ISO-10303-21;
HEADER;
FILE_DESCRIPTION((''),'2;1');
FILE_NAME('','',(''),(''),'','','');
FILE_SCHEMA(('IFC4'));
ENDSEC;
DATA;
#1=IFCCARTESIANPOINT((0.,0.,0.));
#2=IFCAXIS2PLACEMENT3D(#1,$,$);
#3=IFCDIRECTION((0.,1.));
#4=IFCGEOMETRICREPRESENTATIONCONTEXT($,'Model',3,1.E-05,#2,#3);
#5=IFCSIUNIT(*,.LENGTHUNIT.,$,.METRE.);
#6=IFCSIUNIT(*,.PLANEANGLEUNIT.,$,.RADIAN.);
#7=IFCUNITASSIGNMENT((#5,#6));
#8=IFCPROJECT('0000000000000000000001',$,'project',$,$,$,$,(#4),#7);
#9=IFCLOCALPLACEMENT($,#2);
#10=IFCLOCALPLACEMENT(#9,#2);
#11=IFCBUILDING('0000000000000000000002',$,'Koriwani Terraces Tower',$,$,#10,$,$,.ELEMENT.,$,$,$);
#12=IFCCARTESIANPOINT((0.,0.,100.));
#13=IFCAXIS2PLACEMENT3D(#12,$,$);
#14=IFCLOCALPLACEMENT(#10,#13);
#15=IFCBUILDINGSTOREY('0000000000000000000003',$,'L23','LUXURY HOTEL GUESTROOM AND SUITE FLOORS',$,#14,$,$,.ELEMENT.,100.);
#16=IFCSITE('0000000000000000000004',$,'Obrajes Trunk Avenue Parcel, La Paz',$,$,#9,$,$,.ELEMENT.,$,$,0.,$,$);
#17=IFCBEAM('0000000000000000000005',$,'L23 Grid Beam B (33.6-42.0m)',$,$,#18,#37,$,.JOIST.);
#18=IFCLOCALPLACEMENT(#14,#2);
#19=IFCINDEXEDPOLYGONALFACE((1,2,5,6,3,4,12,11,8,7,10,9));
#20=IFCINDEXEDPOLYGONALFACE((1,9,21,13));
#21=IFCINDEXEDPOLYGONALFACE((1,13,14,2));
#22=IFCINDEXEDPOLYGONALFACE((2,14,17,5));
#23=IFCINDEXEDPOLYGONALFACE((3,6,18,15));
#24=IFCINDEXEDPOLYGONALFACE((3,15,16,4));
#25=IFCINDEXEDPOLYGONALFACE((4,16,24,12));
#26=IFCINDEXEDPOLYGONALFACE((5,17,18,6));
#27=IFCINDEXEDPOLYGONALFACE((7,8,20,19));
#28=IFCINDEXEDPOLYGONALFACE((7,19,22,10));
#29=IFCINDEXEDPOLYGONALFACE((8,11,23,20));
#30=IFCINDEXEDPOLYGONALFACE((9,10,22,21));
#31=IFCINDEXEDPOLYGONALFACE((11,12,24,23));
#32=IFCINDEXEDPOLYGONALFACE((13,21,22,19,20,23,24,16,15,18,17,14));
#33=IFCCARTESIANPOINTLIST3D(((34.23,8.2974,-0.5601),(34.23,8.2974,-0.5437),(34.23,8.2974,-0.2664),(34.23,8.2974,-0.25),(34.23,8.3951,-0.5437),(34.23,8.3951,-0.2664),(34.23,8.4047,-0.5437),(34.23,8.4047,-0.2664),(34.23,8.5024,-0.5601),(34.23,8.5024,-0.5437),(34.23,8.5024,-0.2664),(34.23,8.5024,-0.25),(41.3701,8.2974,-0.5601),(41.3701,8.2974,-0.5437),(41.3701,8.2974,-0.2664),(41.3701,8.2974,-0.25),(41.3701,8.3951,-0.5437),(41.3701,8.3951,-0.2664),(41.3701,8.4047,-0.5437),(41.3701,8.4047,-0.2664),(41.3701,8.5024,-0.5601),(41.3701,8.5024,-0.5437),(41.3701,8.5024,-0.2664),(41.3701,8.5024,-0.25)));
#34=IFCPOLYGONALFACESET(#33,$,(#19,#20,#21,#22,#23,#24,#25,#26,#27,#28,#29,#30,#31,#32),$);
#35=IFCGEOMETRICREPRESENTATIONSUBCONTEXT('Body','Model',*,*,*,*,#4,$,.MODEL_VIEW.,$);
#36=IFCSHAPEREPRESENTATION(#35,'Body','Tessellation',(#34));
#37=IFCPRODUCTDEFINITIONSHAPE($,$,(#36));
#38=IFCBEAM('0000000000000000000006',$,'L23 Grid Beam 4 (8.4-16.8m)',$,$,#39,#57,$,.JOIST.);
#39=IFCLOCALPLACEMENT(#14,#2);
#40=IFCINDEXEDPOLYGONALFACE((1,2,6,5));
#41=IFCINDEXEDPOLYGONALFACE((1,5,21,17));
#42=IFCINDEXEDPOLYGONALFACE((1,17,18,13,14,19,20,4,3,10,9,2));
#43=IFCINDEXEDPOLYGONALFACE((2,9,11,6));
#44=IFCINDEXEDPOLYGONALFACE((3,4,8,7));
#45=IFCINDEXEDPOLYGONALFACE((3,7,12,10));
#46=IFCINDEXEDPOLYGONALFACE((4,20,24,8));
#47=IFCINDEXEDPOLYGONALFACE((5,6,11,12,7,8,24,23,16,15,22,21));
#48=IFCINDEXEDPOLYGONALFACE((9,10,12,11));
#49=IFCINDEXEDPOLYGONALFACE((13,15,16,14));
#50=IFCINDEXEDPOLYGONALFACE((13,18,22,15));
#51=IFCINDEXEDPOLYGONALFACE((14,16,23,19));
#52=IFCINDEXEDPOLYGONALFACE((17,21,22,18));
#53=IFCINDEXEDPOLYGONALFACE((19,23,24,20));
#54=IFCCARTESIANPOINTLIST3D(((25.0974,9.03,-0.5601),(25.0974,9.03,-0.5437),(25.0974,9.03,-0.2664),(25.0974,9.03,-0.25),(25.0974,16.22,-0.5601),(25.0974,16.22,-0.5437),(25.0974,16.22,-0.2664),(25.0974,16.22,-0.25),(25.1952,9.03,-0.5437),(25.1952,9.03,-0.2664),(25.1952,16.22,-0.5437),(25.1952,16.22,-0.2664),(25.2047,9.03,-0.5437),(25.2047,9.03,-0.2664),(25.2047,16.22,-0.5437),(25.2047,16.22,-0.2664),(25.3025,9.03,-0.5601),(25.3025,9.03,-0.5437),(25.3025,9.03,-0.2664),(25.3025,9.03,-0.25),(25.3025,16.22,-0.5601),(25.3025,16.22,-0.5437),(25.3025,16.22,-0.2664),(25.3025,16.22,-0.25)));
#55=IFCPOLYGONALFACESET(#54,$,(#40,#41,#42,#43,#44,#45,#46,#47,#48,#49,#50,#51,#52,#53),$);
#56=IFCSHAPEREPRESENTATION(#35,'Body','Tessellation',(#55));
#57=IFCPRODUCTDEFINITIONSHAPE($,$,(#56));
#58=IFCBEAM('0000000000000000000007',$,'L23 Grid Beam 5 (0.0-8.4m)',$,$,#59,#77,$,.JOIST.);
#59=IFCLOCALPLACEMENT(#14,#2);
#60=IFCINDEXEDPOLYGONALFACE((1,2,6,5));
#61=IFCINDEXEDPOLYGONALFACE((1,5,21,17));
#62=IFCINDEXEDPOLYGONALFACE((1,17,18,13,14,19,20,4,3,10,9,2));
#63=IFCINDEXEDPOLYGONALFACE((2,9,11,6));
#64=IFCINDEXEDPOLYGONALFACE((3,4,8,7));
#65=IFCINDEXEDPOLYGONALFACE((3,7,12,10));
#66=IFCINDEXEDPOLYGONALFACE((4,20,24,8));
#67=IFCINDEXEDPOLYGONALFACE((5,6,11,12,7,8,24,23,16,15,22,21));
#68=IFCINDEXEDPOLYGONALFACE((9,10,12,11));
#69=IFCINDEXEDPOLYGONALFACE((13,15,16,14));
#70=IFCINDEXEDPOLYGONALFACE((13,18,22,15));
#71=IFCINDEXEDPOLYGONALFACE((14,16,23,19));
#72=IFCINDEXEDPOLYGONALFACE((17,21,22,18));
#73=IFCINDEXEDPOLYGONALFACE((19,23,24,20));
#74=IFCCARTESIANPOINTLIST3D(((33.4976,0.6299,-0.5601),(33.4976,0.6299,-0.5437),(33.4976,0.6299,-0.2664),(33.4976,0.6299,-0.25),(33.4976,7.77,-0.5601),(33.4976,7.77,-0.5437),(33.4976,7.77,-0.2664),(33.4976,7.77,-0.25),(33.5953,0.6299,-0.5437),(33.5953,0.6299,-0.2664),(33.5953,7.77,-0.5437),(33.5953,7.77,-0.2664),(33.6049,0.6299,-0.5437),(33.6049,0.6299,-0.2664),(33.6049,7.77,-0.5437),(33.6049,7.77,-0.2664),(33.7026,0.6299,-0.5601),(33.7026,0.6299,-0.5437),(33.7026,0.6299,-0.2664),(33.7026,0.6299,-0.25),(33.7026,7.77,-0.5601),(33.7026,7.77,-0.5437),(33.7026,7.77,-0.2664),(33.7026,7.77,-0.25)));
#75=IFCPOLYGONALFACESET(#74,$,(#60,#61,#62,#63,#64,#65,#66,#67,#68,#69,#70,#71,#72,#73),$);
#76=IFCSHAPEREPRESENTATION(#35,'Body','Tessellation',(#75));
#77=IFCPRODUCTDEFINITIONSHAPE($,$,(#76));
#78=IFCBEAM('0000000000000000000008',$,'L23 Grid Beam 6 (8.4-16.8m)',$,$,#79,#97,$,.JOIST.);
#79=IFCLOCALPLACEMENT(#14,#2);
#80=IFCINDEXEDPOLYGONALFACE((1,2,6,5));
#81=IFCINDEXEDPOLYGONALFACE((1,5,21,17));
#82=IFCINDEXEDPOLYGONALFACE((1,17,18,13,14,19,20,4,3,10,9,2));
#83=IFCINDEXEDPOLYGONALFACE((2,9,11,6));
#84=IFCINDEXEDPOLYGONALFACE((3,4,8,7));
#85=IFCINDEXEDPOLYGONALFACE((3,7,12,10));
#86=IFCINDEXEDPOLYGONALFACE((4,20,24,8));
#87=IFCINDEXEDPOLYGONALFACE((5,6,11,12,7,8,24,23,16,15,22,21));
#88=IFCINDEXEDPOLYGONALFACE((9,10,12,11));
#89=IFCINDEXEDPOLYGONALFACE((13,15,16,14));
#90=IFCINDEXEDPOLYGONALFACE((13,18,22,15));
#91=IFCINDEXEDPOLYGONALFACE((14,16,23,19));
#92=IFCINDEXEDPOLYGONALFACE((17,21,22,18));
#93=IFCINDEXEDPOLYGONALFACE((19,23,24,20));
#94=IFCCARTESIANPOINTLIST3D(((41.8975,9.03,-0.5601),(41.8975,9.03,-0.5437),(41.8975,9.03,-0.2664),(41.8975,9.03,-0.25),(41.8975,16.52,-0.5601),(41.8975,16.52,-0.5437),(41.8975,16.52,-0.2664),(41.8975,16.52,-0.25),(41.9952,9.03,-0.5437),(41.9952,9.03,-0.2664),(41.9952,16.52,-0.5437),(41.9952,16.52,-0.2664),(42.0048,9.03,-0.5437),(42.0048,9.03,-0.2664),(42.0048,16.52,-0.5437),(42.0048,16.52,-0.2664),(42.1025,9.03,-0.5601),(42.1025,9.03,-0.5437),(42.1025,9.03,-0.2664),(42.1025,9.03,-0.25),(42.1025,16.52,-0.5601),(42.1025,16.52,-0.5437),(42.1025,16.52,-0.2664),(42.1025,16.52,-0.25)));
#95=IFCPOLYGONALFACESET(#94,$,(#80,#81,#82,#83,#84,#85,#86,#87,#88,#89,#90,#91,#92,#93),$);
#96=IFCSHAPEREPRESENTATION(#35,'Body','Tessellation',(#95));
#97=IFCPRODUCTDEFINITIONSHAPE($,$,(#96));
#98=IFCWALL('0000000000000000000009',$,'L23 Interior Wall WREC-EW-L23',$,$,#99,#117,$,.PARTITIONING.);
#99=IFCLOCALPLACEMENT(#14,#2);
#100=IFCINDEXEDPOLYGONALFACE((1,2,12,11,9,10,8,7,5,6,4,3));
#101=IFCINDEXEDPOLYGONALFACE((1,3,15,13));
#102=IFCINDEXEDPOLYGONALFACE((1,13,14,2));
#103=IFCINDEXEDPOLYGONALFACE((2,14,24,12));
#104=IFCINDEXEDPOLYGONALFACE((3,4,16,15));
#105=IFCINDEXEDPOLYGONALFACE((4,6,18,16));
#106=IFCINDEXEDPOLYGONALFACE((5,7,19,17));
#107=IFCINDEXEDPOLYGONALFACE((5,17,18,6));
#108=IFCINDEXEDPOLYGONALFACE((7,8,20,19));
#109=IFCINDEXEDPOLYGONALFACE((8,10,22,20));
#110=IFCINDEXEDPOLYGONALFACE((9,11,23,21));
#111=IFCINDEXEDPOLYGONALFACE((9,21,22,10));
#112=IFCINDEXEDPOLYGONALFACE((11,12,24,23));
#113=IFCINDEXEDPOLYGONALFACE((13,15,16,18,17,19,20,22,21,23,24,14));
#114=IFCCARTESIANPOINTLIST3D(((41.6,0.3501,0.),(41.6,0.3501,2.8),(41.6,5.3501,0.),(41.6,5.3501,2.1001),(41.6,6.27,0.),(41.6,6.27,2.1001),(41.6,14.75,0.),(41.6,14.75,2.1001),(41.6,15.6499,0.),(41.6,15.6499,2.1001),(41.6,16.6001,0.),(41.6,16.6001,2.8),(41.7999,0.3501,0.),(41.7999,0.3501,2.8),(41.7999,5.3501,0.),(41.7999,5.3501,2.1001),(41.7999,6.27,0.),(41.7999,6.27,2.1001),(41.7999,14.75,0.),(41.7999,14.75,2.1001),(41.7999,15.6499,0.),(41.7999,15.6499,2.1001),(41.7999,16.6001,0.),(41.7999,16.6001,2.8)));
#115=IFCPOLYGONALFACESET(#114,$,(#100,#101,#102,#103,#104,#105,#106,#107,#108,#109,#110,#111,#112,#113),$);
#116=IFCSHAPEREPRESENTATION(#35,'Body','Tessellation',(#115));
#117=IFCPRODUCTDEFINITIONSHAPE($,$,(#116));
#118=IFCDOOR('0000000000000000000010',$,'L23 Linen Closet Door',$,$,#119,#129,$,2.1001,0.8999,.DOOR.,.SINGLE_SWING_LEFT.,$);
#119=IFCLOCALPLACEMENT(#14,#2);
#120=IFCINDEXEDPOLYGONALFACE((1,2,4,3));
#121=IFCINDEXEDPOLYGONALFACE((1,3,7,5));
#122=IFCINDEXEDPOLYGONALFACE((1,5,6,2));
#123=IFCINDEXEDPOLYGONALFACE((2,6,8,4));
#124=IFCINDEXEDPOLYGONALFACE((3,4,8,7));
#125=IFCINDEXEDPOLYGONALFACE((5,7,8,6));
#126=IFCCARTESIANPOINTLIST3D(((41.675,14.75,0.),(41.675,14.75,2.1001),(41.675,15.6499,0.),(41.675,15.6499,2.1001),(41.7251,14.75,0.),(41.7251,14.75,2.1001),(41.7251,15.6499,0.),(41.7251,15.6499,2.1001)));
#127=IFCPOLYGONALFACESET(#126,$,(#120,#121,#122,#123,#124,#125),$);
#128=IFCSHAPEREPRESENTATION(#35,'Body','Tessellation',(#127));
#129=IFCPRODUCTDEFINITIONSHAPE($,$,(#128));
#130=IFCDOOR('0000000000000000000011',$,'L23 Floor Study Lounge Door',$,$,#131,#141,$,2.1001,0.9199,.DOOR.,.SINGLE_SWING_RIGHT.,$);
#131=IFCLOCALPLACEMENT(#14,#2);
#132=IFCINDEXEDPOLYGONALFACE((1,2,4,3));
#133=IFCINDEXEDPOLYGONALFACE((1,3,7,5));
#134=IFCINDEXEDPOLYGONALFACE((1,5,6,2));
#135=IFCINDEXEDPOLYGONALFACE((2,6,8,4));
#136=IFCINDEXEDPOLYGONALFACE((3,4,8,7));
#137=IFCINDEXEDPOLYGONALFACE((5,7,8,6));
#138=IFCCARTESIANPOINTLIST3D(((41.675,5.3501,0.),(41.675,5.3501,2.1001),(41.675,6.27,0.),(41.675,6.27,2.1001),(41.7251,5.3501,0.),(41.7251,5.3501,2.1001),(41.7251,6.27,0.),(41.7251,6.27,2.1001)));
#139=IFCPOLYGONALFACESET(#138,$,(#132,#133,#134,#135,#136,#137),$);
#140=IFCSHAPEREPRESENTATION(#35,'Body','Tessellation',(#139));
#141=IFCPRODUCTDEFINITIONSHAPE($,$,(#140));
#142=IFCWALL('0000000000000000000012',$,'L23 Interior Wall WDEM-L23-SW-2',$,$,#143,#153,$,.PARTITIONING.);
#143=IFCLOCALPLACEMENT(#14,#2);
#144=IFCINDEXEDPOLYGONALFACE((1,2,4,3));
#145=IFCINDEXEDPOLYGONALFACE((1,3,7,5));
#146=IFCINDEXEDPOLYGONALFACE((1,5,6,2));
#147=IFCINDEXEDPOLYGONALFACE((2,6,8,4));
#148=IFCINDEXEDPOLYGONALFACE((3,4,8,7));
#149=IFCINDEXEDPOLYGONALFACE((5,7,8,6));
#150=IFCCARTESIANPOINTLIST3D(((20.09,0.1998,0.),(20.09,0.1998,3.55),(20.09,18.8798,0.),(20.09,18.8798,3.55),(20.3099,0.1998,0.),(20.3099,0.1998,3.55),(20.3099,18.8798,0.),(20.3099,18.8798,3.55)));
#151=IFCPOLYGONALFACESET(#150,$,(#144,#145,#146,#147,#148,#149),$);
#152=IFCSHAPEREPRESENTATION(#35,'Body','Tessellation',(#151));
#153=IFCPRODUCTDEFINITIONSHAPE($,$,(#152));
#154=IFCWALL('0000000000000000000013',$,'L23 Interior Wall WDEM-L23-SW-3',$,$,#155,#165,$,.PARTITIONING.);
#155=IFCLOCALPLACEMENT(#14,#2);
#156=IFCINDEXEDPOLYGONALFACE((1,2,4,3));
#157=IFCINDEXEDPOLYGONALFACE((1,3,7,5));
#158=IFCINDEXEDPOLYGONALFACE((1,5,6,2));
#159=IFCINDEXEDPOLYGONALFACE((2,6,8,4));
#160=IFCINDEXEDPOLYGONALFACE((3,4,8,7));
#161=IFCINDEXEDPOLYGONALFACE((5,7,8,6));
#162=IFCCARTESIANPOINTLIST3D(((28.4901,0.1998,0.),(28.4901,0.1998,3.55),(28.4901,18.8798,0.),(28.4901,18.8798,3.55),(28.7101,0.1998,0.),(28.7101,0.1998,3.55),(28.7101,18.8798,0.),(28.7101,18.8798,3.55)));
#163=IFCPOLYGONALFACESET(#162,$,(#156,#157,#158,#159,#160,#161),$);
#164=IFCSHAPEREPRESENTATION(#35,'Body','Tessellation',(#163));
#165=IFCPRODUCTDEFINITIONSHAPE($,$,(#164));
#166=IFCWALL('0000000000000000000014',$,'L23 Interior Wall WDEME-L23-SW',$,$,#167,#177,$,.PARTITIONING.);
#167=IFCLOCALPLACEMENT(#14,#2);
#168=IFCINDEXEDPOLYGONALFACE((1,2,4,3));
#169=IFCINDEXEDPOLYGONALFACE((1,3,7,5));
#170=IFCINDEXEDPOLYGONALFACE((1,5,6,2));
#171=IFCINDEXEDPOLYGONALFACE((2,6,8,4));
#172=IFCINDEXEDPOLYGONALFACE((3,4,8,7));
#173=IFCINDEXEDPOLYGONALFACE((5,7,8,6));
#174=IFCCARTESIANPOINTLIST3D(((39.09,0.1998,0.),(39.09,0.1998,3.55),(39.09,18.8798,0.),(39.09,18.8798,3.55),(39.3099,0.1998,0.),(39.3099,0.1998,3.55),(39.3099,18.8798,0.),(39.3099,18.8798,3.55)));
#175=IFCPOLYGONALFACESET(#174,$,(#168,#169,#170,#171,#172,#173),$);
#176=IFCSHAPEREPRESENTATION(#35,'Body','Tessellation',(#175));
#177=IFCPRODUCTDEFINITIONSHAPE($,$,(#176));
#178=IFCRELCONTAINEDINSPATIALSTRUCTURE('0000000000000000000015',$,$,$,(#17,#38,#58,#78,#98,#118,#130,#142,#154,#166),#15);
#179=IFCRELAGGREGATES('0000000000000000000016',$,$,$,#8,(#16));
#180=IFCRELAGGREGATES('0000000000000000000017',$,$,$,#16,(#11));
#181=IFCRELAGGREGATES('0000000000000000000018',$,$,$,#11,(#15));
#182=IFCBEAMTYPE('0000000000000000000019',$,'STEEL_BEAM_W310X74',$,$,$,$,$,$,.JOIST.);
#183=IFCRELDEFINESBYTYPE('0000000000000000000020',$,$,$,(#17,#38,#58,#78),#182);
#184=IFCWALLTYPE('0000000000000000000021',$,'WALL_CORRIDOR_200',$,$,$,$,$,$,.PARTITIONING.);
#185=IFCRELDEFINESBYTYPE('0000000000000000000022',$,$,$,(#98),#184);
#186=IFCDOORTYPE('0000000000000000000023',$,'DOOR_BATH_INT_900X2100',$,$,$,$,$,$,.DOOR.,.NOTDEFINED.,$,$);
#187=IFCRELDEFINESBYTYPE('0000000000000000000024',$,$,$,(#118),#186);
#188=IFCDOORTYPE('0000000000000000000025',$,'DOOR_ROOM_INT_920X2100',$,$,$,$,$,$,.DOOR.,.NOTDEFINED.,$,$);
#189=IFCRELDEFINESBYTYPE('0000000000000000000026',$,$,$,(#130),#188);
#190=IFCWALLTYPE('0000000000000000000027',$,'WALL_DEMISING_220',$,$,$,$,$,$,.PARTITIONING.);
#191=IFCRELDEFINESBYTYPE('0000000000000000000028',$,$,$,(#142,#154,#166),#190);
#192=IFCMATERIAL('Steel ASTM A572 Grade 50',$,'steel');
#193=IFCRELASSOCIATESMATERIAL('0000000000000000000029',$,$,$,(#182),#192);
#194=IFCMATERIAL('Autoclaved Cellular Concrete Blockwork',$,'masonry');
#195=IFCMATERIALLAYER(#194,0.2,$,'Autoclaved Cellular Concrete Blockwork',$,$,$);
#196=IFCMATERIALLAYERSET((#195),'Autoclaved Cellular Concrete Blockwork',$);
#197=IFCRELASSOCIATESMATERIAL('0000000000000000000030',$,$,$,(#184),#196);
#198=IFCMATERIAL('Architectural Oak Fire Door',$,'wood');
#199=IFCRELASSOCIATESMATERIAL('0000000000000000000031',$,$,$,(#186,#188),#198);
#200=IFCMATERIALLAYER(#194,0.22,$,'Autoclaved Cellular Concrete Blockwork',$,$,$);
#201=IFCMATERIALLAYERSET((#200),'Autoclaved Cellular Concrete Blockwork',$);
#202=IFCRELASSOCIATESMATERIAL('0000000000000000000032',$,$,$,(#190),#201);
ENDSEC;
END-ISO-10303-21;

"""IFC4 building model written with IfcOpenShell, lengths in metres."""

from ifc_helpers import new_model, si_unit, direction, frame, frame_2d, origin, origin_2d, place, context, subcontext, project, spatial, rectangle, i_section, extrude, material, layer, layer_set, material_profile, profile_set, type_object, element, fill, save


model = new_model("IFC4")

# Units and contexts
model_context = context("Model", 3, precision=1e-05, world=origin(), true_north=direction((0.0, 1.0)))
body_context = subcontext(model_context, "Body", "Model", "MODEL_VIEW")
ifc_project = project(units=[si_unit("LENGTHUNIT", "METRE"), si_unit("PLANEANGLEUNIT", "RADIAN")], contexts=[model_context])

# Site, building, storey
site_placement = place(None, origin())
site = spatial("IfcSite", under=ifc_project, at=site_placement, Name="Obrajes Trunk Avenue Parcel, La Paz", CompositionType="ELEMENT", RefElevation=0.0)
building_placement = place(site_placement, origin())
building = spatial("IfcBuilding", under=site, at=building_placement, Name="Koriwani Terraces Tower", CompositionType="ELEMENT")
storey_placement = place(building_placement, frame((0.0, 0.0, 100.0)))
storey = spatial("IfcBuildingStorey", under=building, at=storey_placement, Name="L23", Description="LUXURY HOTEL GUESTROOM AND SUITE FLOORS", CompositionType="ELEMENT", Elevation=100.0)

# Beams
ifc_material_1 = material(Name="Steel ASTM A572 Grade 50", Category="steel")
ifc_material_profile_1 = material_profile(ifc_material_1, i_section(OverallWidth=0.2051, OverallDepth=0.3101, WebThickness=0.0095, FlangeThickness=0.0164, at=origin_2d()), Name="Steel ASTM A572 Grade 50", Category="LoadBearing")
ifc_profile_set_1 = profile_set([ifc_material_profile_1], Name="Steel ASTM A572 Grade 50")
beam_type_1 = type_object("IfcBeamType", Name="STEEL_BEAM_W310X74", PredefinedType="JOIST", material=ifc_profile_set_1)
for number, where, z_axis, x_axis, name in (
    (1, (34.23, 8.3999, -0.405), (1.0, 0.0, 0.0), (0.0, 1.0, 0.0), "L23 Grid Beam B (33.6-42.0m)"),
):
    element("IfcBeam", number, at=place(storey_placement, frame(where, z_axis=z_axis, x_axis=x_axis)), inside=storey, type_object=beam_type_1, Name=name, PredefinedType="JOIST", context=body_context, shape_type="SweptSolid", body=[
        extrude(i_section(OverallWidth=0.2051, OverallDepth=0.3101, WebThickness=0.0095, FlangeThickness=0.0164, at=origin_2d()), origin(), (0.0, 0.0, 1.0), 7.1401),
    ])
beam_1_placement = place(storey_placement, frame((25.2, 9.03, -0.405), z_axis=(0.0, 1.0, 0.0), x_axis=(-1.0, 0.0, 0.0)))
element("IfcBeam", 2, at=beam_1_placement, inside=storey, type_object=beam_type_1, Name="L23 Grid Beam 4 (8.4-16.8m)", PredefinedType="JOIST", context=body_context, shape_type="SweptSolid", body=[
    extrude(i_section(OverallWidth=0.2051, OverallDepth=0.3101, WebThickness=0.0095, FlangeThickness=0.0164, at=origin_2d()), origin(), (0.0, 0.0, 1.0), 7.1899),
])
beam_2_placement = place(storey_placement, frame((33.6001, 0.6299, -0.405), z_axis=(0.0, 1.0, 0.0), x_axis=(-1.0, 0.0, 0.0)))
element("IfcBeam", 3, at=beam_2_placement, inside=storey, type_object=beam_type_1, Name="L23 Grid Beam 5 (0.0-8.4m)", PredefinedType="JOIST", context=body_context, shape_type="SweptSolid", body=[
    extrude(i_section(OverallWidth=0.2051, OverallDepth=0.3101, WebThickness=0.0095, FlangeThickness=0.0164, at=origin_2d()), origin(), (0.0, 0.0, 1.0), 7.1401),
])
beam_3_placement = place(storey_placement, frame((42.0, 9.03, -0.405), z_axis=(0.0, 1.0, 0.0), x_axis=(-1.0, 0.0, 0.0)))
element("IfcBeam", 4, at=beam_3_placement, inside=storey, type_object=beam_type_1, Name="L23 Grid Beam 6 (8.4-16.8m)", PredefinedType="JOIST", context=body_context, shape_type="SweptSolid", body=[
    extrude(i_section(OverallWidth=0.2051, OverallDepth=0.3101, WebThickness=0.0095, FlangeThickness=0.0164, at=origin_2d()), origin(), (0.0, 0.0, 1.0), 7.49),
])

# Wall, openings, doors
ifc_material_2 = material(Name="Autoclaved Cellular Concrete Blockwork", Category="masonry")
ifc_layer_1 = layer(ifc_material_2, 0.2, Name="Autoclaved Cellular Concrete Blockwork")
ifc_layer_set_1 = layer_set([ifc_layer_1], Name="Autoclaved Cellular Concrete Blockwork")
wall_type_1 = type_object("IfcWallType", Name="WALL_CORRIDOR_200", PredefinedType="PARTITIONING", material=ifc_layer_set_1)
wall_1_placement = place(storey_placement, frame((41.7, 0.3501, 0.0), z_axis=(0.0, 0.0, 1.0), x_axis=(0.0, 1.0, 0.0)))
wall_1 = element("IfcWall", 5, at=wall_1_placement, inside=storey, type_object=wall_type_1, Name="L23 Interior Wall WREC-EW-L23", PredefinedType="PARTITIONING", context=body_context, shape_type="SweptSolid", body=[
    extrude(rectangle(XDim=16.25, YDim=0.2, at=frame_2d((8.125, 0.0))), origin(), (0.0, 0.0, 1.0), 2.8),
])
opening_1_placement = place(wall_1_placement, frame((5.0, 0.0, 0.0)))
opening_1 = element("IfcOpeningElement", 6, at=opening_1_placement, cuts=wall_1, PredefinedType="OPENING", context=body_context, shape_type="SweptSolid", body=[
    extrude(rectangle(XDim=0.9199, YDim=2.1001, at=frame_2d((0.46, 1.05))), frame((0.0, 0.1099, 0.0), z_axis=(0.0, -1.0, 0.0), x_axis=(1.0, 0.0, 0.0)), (0.0, 0.0, 1.0), 0.22),
])
opening_2_placement = place(wall_1_placement, frame((14.3999, 0.0, 0.0)))
opening_2 = element("IfcOpeningElement", 7, at=opening_2_placement, cuts=wall_1, PredefinedType="OPENING", context=body_context, shape_type="SweptSolid", body=[
    extrude(rectangle(XDim=0.8999, YDim=2.1001, at=frame_2d((0.45, 1.05))), frame((0.0, 0.1099, 0.0), z_axis=(0.0, -1.0, 0.0), x_axis=(1.0, 0.0, 0.0)), (0.0, 0.0, 1.0), 0.22),
])
ifc_material_3 = material(Name="Architectural Oak Fire Door", Category="wood")
door_type_1 = type_object("IfcDoorType", Name="DOOR_BATH_INT_900X2100", OperationType="NOTDEFINED", PredefinedType="DOOR", material=ifc_material_3)
door_1_placement = place(opening_2_placement, origin())
door_1 = element("IfcDoor", 8, at=door_1_placement, inside=storey, type_object=door_type_1, Name="L23 Linen Closet Door", OperationType="SINGLE_SWING_LEFT", OverallHeight=2.1001, OverallWidth=0.8999, PredefinedType="DOOR", context=body_context, shape_type="SweptSolid", body=[
    extrude(rectangle(XDim=0.8999, YDim=2.1001, at=frame_2d((0.45, 1.05))), frame((0.0, 0.0249, 0.0), z_axis=(0.0, -1.0, 0.0), x_axis=(1.0, 0.0, 0.0)), (0.0, 0.0, 1.0), 0.05),
])
fill(opening_2, door_1)
door_type_2 = type_object("IfcDoorType", Name="DOOR_ROOM_INT_920X2100", OperationType="NOTDEFINED", PredefinedType="DOOR", material=ifc_material_3)
door_2_placement = place(opening_1_placement, origin())
door_2 = element("IfcDoor", 9, at=door_2_placement, inside=storey, type_object=door_type_2, Name="L23 Floor Study Lounge Door", OperationType="SINGLE_SWING_RIGHT", OverallHeight=2.1001, OverallWidth=0.9199, PredefinedType="DOOR", context=body_context, shape_type="SweptSolid", body=[
    extrude(rectangle(XDim=0.9199, YDim=2.1001, at=frame_2d((0.46, 1.05))), frame((0.0, 0.0249, 0.0), z_axis=(0.0, -1.0, 0.0), x_axis=(1.0, 0.0, 0.0)), (0.0, 0.0, 1.0), 0.05),
])
fill(opening_1, door_2)

# Walls
ifc_layer_2 = layer(ifc_material_2, 0.22, Name="Autoclaved Cellular Concrete Blockwork")
ifc_layer_set_2 = layer_set([ifc_layer_2], Name="Autoclaved Cellular Concrete Blockwork")
wall_type_2 = type_object("IfcWallType", Name="WALL_DEMISING_220", PredefinedType="PARTITIONING", material=ifc_layer_set_2)
for number, where, z_axis, x_axis, name in (
    (10, (20.2, 0.2, 0.0), (0.0, 0.0, 1.0), (0.0, 1.0, 0.0), "L23 Interior Wall WDEM-L23-SW-2"),
    (11, (28.6001, 0.2, 0.0), (0.0, 0.0, 1.0), (0.0, 1.0, 0.0), "L23 Interior Wall WDEM-L23-SW-3"),
    (12, (39.2, 0.2, 0.0), (0.0, 0.0, 1.0), (0.0, 1.0, 0.0), "L23 Interior Wall WDEME-L23-SW"),
):
    element("IfcWall", number, at=place(storey_placement, frame(where, z_axis=z_axis, x_axis=x_axis)), inside=storey, type_object=wall_type_2, Name=name, PredefinedType="PARTITIONING", context=body_context, shape_type="SweptSolid", body=[
        extrude(rectangle(XDim=18.6799, YDim=0.22, at=frame_2d((9.3398, 0.0))), origin(), (0.0, 0.0, 1.0), 3.55),
    ])

save(model, "model.ifc")
